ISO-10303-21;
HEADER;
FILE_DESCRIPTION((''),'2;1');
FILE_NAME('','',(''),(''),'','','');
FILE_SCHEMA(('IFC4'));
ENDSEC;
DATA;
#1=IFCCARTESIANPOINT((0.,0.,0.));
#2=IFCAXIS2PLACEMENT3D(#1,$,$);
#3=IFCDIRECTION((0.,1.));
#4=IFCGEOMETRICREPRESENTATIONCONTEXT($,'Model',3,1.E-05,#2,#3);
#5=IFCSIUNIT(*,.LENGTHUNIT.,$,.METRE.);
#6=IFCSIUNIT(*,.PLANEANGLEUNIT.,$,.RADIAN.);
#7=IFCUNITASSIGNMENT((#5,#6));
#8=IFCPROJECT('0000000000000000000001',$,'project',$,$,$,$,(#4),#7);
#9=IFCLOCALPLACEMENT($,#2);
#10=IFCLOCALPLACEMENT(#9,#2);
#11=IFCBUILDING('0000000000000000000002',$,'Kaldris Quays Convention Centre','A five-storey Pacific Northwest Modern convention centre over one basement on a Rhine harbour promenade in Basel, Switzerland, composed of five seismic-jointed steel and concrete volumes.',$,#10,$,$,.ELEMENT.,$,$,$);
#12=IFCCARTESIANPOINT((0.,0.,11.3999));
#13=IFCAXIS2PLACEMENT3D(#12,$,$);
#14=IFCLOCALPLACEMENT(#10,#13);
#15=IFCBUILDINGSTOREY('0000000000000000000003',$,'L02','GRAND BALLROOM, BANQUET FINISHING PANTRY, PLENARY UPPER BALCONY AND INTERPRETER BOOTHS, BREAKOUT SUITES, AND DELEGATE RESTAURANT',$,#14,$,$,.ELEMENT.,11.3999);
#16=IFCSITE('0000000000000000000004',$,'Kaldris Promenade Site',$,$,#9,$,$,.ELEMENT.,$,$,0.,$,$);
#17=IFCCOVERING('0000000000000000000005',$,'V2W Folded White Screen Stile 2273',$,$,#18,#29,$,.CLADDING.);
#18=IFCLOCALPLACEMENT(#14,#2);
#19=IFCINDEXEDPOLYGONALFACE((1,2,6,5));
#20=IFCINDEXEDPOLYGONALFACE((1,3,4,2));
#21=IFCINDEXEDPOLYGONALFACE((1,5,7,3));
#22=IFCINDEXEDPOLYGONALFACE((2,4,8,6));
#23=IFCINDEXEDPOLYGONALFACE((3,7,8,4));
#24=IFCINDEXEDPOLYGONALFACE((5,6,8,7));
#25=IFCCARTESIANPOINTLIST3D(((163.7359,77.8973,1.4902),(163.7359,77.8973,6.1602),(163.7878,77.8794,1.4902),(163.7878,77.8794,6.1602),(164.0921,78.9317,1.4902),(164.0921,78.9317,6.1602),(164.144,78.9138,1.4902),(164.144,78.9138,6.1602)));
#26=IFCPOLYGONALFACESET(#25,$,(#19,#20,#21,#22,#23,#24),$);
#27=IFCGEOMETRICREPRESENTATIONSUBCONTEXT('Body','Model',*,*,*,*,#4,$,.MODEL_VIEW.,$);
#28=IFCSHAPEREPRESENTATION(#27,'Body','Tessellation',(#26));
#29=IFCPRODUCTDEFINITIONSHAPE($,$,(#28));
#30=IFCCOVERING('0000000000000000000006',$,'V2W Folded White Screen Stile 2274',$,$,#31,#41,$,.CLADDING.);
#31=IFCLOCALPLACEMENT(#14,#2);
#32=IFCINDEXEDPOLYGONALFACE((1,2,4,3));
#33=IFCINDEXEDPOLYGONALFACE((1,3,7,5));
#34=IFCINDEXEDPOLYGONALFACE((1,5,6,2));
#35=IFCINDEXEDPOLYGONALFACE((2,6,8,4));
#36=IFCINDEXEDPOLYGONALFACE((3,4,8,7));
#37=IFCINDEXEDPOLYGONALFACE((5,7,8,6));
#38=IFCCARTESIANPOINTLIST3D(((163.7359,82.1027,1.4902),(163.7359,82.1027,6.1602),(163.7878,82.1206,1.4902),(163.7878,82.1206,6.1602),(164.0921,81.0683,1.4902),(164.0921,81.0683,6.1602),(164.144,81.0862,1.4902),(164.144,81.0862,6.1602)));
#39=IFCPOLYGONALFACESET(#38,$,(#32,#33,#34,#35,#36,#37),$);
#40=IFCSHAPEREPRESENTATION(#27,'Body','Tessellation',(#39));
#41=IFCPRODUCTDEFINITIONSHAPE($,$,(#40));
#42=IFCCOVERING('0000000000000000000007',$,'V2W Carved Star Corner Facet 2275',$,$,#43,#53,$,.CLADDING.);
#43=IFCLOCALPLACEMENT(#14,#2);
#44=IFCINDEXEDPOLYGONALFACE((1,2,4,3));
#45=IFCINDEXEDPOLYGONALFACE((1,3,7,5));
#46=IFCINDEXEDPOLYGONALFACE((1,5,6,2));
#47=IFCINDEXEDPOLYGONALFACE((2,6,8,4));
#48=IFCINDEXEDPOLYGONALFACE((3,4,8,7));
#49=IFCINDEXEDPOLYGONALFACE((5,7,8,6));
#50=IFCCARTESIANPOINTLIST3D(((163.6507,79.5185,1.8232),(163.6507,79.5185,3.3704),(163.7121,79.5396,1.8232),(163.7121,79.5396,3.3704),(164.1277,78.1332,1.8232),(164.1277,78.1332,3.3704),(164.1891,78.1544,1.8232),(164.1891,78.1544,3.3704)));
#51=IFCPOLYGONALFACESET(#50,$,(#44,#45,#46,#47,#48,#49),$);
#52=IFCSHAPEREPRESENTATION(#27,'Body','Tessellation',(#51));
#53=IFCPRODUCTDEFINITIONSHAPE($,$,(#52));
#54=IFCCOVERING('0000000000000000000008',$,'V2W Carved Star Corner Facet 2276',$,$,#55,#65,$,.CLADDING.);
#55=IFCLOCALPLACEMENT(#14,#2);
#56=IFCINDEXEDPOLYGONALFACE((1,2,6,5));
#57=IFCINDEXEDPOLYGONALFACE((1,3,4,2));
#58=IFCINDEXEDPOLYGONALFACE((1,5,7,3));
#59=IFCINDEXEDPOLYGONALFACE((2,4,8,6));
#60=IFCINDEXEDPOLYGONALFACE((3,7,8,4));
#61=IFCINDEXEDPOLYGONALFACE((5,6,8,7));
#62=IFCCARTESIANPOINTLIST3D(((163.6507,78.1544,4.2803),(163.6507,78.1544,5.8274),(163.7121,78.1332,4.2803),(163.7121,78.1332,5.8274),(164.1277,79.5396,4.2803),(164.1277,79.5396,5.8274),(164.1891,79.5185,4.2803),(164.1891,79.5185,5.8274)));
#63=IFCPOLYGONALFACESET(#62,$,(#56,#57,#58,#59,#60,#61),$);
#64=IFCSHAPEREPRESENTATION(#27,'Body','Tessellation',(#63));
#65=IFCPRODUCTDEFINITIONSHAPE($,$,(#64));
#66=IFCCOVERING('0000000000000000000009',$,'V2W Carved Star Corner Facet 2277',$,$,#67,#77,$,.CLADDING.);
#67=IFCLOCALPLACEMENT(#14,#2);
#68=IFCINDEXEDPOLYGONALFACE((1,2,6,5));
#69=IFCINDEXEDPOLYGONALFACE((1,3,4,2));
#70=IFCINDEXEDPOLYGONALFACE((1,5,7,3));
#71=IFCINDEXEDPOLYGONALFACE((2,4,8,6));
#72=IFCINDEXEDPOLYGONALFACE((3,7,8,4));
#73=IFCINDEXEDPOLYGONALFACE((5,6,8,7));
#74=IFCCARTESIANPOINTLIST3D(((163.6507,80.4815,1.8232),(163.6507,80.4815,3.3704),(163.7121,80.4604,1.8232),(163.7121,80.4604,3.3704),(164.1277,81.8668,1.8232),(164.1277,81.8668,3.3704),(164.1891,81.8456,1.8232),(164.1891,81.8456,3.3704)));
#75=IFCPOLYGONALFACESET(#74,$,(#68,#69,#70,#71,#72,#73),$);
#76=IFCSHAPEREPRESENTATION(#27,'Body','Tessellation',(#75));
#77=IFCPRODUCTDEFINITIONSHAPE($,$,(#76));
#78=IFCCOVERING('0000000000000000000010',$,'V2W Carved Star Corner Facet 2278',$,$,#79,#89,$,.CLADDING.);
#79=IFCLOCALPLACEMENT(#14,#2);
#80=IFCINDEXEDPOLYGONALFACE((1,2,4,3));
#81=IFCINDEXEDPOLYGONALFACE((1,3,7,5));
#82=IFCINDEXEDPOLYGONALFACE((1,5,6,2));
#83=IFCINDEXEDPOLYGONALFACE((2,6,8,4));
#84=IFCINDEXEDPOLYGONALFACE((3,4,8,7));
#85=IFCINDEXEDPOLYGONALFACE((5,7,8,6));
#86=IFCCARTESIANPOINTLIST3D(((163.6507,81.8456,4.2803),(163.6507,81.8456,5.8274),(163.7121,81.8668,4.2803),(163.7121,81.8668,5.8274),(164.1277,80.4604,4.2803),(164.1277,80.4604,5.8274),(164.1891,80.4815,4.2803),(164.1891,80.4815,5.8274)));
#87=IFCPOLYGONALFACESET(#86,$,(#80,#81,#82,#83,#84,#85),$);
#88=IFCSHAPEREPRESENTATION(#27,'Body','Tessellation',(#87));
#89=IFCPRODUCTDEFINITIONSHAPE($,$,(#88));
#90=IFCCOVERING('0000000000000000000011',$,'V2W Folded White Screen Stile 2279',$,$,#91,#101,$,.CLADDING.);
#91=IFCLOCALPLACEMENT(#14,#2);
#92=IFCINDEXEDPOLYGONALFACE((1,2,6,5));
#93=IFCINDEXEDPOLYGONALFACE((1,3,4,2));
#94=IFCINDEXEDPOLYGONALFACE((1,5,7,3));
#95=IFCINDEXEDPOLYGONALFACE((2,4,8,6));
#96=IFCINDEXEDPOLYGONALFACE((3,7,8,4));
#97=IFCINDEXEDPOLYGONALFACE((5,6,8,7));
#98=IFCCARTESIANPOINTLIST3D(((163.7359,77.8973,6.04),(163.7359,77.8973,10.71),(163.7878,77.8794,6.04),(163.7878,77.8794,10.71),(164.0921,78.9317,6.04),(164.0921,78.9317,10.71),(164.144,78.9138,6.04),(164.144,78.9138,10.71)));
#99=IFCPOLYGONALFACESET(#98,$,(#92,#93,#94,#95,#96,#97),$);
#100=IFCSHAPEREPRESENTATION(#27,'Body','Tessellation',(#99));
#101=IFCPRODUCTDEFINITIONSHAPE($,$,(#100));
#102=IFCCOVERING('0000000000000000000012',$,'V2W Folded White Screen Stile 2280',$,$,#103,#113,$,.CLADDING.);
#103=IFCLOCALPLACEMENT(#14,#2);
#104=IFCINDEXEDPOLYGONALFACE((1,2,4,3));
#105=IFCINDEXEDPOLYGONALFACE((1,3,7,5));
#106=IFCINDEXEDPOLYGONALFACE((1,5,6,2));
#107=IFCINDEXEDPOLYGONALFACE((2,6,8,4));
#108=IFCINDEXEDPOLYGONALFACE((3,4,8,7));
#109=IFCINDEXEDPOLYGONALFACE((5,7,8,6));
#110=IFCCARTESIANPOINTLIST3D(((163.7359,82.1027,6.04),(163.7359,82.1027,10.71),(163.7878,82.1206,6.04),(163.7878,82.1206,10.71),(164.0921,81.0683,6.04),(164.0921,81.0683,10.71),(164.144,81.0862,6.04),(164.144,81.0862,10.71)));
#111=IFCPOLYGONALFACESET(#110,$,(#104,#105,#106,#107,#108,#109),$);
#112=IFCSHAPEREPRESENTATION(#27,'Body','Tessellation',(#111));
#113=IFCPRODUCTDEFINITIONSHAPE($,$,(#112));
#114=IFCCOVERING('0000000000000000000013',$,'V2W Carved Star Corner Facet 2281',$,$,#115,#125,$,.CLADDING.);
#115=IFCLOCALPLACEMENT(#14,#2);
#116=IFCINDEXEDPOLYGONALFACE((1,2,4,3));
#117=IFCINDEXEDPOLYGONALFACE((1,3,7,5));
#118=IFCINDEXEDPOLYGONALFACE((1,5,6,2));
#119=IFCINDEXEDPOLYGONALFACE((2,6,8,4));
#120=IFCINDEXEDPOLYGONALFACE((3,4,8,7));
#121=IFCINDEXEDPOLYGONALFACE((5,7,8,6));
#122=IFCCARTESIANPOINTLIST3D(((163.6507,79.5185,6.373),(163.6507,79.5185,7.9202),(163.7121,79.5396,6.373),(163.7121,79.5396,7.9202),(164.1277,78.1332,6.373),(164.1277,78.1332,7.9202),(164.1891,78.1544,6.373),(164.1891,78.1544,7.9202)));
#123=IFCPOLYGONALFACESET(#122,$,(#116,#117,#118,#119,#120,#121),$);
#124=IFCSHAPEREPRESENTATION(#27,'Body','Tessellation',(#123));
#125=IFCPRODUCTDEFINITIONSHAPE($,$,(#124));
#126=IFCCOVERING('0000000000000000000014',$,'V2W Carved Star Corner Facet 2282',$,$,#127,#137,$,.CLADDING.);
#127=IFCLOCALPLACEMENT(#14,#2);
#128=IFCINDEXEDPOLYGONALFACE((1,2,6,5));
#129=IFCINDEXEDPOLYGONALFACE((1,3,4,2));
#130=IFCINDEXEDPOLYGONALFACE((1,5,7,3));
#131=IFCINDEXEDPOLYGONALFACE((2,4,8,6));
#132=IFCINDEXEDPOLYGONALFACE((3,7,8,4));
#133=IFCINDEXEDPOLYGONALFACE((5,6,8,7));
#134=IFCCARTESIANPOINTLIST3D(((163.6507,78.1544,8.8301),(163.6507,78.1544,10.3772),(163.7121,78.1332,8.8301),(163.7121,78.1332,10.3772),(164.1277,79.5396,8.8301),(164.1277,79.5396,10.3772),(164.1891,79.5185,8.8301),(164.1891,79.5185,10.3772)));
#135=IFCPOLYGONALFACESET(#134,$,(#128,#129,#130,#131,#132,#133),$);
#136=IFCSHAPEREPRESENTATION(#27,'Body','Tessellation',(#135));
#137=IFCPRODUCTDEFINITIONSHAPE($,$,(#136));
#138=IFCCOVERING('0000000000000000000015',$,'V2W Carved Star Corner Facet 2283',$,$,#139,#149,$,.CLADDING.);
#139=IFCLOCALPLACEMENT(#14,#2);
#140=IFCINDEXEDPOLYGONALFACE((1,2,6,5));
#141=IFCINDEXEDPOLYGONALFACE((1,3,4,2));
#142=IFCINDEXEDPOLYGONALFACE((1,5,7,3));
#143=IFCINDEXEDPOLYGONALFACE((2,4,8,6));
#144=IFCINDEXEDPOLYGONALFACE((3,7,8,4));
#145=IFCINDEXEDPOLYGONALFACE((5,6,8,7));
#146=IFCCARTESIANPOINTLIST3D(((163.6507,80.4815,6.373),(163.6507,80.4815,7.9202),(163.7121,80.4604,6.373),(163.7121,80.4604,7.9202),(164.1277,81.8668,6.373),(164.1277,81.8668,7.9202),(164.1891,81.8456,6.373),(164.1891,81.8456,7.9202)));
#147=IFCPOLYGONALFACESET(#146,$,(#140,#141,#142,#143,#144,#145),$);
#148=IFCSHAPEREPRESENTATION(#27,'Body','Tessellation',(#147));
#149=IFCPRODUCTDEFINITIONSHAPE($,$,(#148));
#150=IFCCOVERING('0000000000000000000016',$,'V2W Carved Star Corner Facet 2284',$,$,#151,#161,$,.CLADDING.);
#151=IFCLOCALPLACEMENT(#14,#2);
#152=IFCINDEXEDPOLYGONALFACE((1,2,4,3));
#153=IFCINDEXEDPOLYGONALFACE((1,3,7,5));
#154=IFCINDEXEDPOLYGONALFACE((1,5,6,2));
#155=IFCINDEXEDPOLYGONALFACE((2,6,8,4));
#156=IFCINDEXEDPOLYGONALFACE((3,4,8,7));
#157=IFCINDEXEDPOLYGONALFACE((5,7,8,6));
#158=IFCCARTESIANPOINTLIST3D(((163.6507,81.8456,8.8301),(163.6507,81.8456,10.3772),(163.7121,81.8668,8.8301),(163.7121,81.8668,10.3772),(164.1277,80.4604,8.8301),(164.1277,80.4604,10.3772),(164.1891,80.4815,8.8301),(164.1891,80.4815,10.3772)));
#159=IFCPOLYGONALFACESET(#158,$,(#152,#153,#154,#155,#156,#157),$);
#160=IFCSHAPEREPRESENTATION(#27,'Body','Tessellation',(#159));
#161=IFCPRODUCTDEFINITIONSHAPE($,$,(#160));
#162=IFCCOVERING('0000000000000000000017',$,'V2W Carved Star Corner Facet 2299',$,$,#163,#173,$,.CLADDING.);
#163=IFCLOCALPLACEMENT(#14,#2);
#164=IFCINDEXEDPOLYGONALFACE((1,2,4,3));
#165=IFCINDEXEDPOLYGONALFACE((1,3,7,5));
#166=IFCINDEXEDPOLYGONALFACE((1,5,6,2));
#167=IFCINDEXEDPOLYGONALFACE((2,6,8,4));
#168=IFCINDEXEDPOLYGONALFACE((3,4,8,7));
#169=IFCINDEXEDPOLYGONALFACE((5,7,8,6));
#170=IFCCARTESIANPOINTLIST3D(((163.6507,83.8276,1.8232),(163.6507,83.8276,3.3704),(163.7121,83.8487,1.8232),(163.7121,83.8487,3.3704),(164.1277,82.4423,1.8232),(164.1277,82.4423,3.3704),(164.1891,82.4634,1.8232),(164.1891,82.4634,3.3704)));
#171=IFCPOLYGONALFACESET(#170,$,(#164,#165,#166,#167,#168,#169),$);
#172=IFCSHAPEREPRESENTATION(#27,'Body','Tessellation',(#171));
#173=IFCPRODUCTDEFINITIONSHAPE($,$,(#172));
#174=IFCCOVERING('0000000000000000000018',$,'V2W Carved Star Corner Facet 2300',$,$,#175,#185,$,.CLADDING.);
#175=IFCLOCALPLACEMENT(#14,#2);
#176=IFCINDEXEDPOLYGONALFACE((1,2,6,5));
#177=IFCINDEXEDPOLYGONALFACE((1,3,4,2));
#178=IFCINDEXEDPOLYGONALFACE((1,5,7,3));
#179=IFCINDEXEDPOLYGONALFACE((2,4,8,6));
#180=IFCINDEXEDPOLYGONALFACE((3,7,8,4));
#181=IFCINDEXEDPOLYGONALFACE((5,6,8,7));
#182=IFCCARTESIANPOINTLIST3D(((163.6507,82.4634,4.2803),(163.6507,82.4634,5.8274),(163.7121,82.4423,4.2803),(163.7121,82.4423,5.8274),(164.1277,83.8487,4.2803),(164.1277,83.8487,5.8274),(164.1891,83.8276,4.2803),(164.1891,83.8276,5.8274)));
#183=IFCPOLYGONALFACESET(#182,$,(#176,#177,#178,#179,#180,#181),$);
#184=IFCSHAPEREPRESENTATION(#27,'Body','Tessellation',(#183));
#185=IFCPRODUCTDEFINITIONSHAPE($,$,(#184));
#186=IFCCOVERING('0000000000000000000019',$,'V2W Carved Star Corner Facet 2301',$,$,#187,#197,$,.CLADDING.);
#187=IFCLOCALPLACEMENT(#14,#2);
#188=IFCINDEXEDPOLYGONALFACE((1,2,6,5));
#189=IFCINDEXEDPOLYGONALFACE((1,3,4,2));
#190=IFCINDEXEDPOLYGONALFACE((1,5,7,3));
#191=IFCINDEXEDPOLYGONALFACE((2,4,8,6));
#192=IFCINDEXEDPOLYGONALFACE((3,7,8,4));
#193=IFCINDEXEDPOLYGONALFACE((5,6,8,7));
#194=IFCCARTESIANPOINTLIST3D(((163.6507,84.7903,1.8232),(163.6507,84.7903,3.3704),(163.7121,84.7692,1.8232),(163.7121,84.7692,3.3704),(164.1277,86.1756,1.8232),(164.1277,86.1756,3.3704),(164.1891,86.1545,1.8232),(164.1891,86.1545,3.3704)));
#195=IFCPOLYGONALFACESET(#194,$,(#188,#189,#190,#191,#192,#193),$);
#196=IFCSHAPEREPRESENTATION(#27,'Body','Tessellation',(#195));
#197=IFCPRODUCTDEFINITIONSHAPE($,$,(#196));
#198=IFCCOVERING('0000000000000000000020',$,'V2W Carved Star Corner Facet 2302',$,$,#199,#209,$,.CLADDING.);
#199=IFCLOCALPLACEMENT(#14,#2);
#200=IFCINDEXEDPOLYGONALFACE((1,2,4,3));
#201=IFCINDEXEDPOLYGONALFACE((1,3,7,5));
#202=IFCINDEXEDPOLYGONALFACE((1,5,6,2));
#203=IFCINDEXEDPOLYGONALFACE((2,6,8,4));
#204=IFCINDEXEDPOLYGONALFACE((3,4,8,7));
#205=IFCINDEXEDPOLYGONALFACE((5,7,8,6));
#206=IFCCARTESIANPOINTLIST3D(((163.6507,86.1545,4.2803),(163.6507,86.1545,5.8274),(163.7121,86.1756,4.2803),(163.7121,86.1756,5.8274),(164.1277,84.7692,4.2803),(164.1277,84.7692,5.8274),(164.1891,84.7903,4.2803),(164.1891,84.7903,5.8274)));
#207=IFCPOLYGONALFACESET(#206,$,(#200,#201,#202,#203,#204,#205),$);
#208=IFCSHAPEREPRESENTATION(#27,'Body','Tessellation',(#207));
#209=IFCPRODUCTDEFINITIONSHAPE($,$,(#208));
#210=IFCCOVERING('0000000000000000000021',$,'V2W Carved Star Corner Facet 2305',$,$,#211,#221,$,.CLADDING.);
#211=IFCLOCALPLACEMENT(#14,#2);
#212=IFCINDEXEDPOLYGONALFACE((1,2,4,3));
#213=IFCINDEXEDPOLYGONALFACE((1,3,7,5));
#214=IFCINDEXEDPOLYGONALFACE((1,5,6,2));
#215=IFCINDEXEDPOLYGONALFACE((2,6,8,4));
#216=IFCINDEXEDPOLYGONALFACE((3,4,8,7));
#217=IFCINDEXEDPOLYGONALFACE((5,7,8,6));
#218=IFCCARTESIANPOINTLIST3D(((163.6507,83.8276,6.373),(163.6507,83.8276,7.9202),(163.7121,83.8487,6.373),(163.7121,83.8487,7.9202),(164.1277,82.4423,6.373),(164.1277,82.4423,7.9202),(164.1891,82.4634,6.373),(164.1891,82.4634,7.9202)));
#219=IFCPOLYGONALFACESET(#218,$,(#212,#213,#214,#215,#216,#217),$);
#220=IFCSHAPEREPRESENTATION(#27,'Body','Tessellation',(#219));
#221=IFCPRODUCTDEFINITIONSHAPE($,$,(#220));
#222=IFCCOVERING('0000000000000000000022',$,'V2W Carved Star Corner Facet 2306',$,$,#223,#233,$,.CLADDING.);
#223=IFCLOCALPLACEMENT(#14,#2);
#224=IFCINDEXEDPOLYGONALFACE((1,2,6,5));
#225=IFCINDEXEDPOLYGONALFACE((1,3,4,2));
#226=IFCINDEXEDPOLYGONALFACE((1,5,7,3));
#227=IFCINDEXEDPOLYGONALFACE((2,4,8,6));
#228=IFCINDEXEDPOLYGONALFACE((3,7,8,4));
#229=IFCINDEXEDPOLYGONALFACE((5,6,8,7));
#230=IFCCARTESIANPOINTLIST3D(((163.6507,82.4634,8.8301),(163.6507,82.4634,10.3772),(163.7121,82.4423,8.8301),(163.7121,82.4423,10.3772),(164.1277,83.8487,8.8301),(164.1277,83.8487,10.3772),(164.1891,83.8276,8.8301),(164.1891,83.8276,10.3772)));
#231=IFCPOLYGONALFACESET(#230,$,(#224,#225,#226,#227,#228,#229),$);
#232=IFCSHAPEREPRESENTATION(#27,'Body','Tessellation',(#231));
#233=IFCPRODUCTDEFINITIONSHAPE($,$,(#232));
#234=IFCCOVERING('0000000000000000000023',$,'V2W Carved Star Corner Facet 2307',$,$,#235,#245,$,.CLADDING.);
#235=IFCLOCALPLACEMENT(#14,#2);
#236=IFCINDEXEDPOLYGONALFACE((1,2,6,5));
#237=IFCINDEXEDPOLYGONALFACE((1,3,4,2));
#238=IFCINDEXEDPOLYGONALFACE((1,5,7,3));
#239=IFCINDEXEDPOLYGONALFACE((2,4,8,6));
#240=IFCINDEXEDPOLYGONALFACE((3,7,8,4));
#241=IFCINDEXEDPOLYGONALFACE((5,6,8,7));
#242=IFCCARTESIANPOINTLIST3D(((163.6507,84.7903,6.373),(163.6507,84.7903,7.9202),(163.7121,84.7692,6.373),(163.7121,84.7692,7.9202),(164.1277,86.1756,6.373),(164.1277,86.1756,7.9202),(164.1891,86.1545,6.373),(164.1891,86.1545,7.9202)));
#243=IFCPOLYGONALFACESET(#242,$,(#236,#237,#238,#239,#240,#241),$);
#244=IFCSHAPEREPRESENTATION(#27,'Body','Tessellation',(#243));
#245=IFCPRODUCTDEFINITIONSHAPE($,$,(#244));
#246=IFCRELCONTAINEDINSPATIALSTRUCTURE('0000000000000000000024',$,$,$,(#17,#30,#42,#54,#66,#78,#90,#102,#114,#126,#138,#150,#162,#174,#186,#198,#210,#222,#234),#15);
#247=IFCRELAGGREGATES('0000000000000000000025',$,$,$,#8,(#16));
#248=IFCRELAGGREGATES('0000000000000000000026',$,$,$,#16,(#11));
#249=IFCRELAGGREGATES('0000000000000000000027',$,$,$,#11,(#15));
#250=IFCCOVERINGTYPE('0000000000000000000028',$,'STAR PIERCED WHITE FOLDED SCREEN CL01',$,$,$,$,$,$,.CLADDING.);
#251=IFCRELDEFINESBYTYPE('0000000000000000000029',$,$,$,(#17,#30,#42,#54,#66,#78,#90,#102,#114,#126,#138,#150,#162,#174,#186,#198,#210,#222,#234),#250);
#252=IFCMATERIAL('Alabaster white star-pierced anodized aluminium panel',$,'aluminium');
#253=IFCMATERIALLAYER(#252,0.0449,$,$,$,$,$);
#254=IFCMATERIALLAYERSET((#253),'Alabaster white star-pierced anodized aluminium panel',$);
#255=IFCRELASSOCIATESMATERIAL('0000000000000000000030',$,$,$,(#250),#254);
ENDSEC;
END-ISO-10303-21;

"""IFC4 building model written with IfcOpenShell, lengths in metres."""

from ifc_helpers import new_model, si_unit, direction, frame, origin, origin_2d, place, context, subcontext, project, spatial, rectangle, extrude, material, layer, layer_set, type_object, element, save


model = new_model("IFC4")

# Units and contexts
model_context = context("Model", 3, precision=1e-05, world=origin(), true_north=direction((0.0, 1.0)))
body_context = subcontext(model_context, "Body", "Model", "MODEL_VIEW")
ifc_project = project(units=[si_unit("LENGTHUNIT", "METRE"), si_unit("PLANEANGLEUNIT", "RADIAN")], contexts=[model_context])

# Site, building, storey
site_placement = place(None, origin())
site = spatial("IfcSite", under=ifc_project, at=site_placement, Name="Kaldris Promenade Site", CompositionType="ELEMENT", RefElevation=0.0)
building_placement = place(site_placement, origin())
building = spatial("IfcBuilding", under=site, at=building_placement, Name="Kaldris Quays Convention Centre", Description="A five-storey Pacific Northwest Modern convention centre over one basement on a Rhine harbour promenade in Basel, Switzerland, composed of five seismic-jointed steel and concrete volumes.", CompositionType="ELEMENT")
storey_placement = place(building_placement, frame((0.0, 0.0, 11.3999)))
storey = spatial("IfcBuildingStorey", under=building, at=storey_placement, Name="L02", Description="GRAND BALLROOM, BANQUET FINISHING PANTRY, PLENARY UPPER BALCONY AND INTERPRETER BOOTHS, BREAKOUT SUITES, AND DELEGATE RESTAURANT", CompositionType="ELEMENT", Elevation=11.3999)

# Coverings
ifc_material = material(Name="Alabaster white star-pierced anodized aluminium panel", Category="aluminium")
ifc_layer = layer(ifc_material, 0.0449)
ifc_layer_set = layer_set([ifc_layer], Name="Alabaster white star-pierced anodized aluminium panel")
covering_type = type_object("IfcCoveringType", Name="STAR PIERCED WHITE FOLDED SCREEN CL01", PredefinedType="CLADDING", material=ifc_layer_set)
for number, where, z_axis, x_axis, name in (
    (1, (163.9399, 78.4055, 1.4902), (0.0, 0.0, 1.0), (0.325568, 0.945519, 0.0), "V2W Folded White Screen Stile 2273"),
    (2, (163.9399, 81.5945, 1.4902), (0.0, 0.0, 1.0), (-0.325568, 0.945519, 0.0), "V2W Folded White Screen Stile 2274"),
):
    element("IfcCovering", number, at=place(storey_placement, frame(where, z_axis=z_axis, x_axis=x_axis)), inside=storey, type_object=covering_type, Name=name, PredefinedType="CLADDING", context=body_context, shape_type="SweptSolid", body=[
        extrude(rectangle(XDim=1.094, YDim=0.0549, at=origin_2d()), origin(), (0.0, 0.0, 1.0), 4.6699),
    ])
for number, where, z_axis, x_axis, name in (
    (3, (163.9199, 78.8364, 1.8232), (0.0, 0.0, 1.0), (-0.325568, 0.945519, 0.0), "V2W Carved Star Corner Facet 2275"),
    (4, (163.9199, 78.8364, 4.2803), (0.0, 0.0, 1.0), (0.325568, 0.945519, 0.0), "V2W Carved Star Corner Facet 2276"),
    (5, (163.9199, 81.1636, 1.8232), (0.0, 0.0, 1.0), (0.325568, 0.945519, 0.0), "V2W Carved Star Corner Facet 2277"),
    (6, (163.9199, 81.1636, 4.2803), (0.0, 0.0, 1.0), (-0.325568, 0.945519, 0.0), "V2W Carved Star Corner Facet 2278"),
):
    element("IfcCovering", number, at=place(storey_placement, frame(where, z_axis=z_axis, x_axis=x_axis)), inside=storey, type_object=covering_type, Name=name, PredefinedType="CLADDING", context=body_context, shape_type="SweptSolid", body=[
        extrude(rectangle(XDim=1.4651, YDim=0.0649, at=origin_2d()), origin(), (0.0, 0.0, 1.0), 1.5471),
    ])
for number, where, z_axis, x_axis, name in (
    (7, (163.9399, 78.4055, 6.04), (0.0, 0.0, 1.0), (0.325568, 0.945519, 0.0), "V2W Folded White Screen Stile 2279"),
    (8, (163.9399, 81.5945, 6.04), (0.0, 0.0, 1.0), (-0.325568, 0.945519, 0.0), "V2W Folded White Screen Stile 2280"),
):
    element("IfcCovering", number, at=place(storey_placement, frame(where, z_axis=z_axis, x_axis=x_axis)), inside=storey, type_object=covering_type, Name=name, PredefinedType="CLADDING", context=body_context, shape_type="SweptSolid", body=[
        extrude(rectangle(XDim=1.094, YDim=0.0549, at=origin_2d()), origin(), (0.0, 0.0, 1.0), 4.6699),
    ])
for number, where, z_axis, x_axis, name in (
    (9, (163.9199, 78.8364, 6.373), (0.0, 0.0, 1.0), (-0.325568, 0.945519, 0.0), "V2W Carved Star Corner Facet 2281"),
    (10, (163.9199, 78.8364, 8.8301), (0.0, 0.0, 1.0), (0.325568, 0.945519, 0.0), "V2W Carved Star Corner Facet 2282"),
    (11, (163.9199, 81.1636, 6.373), (0.0, 0.0, 1.0), (0.325568, 0.945519, 0.0), "V2W Carved Star Corner Facet 2283"),
    (12, (163.9199, 81.1636, 8.8301), (0.0, 0.0, 1.0), (-0.325568, 0.945519, 0.0), "V2W Carved Star Corner Facet 2284"),
    (13, (163.9199, 83.1455, 1.8232), (0.0, 0.0, 1.0), (-0.325568, 0.945519, 0.0), "V2W Carved Star Corner Facet 2299"),
    (14, (163.9199, 83.1455, 4.2803), (0.0, 0.0, 1.0), (0.325568, 0.945519, 0.0), "V2W Carved Star Corner Facet 2300"),
    (15, (163.9199, 85.4724, 1.8232), (0.0, 0.0, 1.0), (0.325568, 0.945519, 0.0), "V2W Carved Star Corner Facet 2301"),
    (16, (163.9199, 85.4724, 4.2803), (0.0, 0.0, 1.0), (-0.325568, 0.945519, 0.0), "V2W Carved Star Corner Facet 2302"),
    (17, (163.9199, 83.1455, 6.373), (0.0, 0.0, 1.0), (-0.325568, 0.945519, 0.0), "V2W Carved Star Corner Facet 2305"),
    (18, (163.9199, 83.1455, 8.8301), (0.0, 0.0, 1.0), (0.325568, 0.945519, 0.0), "V2W Carved Star Corner Facet 2306"),
    (19, (163.9199, 85.4724, 6.373), (0.0, 0.0, 1.0), (0.325568, 0.945519, 0.0), "V2W Carved Star Corner Facet 2307"),
):
    element("IfcCovering", number, at=place(storey_placement, frame(where, z_axis=z_axis, x_axis=x_axis)), inside=storey, type_object=covering_type, Name=name, PredefinedType="CLADDING", context=body_context, shape_type="SweptSolid", body=[
        extrude(rectangle(XDim=1.4651, YDim=0.0649, at=origin_2d()), origin(), (0.0, 0.0, 1.0), 1.5471),
    ])

save(model, "model.ifc")
